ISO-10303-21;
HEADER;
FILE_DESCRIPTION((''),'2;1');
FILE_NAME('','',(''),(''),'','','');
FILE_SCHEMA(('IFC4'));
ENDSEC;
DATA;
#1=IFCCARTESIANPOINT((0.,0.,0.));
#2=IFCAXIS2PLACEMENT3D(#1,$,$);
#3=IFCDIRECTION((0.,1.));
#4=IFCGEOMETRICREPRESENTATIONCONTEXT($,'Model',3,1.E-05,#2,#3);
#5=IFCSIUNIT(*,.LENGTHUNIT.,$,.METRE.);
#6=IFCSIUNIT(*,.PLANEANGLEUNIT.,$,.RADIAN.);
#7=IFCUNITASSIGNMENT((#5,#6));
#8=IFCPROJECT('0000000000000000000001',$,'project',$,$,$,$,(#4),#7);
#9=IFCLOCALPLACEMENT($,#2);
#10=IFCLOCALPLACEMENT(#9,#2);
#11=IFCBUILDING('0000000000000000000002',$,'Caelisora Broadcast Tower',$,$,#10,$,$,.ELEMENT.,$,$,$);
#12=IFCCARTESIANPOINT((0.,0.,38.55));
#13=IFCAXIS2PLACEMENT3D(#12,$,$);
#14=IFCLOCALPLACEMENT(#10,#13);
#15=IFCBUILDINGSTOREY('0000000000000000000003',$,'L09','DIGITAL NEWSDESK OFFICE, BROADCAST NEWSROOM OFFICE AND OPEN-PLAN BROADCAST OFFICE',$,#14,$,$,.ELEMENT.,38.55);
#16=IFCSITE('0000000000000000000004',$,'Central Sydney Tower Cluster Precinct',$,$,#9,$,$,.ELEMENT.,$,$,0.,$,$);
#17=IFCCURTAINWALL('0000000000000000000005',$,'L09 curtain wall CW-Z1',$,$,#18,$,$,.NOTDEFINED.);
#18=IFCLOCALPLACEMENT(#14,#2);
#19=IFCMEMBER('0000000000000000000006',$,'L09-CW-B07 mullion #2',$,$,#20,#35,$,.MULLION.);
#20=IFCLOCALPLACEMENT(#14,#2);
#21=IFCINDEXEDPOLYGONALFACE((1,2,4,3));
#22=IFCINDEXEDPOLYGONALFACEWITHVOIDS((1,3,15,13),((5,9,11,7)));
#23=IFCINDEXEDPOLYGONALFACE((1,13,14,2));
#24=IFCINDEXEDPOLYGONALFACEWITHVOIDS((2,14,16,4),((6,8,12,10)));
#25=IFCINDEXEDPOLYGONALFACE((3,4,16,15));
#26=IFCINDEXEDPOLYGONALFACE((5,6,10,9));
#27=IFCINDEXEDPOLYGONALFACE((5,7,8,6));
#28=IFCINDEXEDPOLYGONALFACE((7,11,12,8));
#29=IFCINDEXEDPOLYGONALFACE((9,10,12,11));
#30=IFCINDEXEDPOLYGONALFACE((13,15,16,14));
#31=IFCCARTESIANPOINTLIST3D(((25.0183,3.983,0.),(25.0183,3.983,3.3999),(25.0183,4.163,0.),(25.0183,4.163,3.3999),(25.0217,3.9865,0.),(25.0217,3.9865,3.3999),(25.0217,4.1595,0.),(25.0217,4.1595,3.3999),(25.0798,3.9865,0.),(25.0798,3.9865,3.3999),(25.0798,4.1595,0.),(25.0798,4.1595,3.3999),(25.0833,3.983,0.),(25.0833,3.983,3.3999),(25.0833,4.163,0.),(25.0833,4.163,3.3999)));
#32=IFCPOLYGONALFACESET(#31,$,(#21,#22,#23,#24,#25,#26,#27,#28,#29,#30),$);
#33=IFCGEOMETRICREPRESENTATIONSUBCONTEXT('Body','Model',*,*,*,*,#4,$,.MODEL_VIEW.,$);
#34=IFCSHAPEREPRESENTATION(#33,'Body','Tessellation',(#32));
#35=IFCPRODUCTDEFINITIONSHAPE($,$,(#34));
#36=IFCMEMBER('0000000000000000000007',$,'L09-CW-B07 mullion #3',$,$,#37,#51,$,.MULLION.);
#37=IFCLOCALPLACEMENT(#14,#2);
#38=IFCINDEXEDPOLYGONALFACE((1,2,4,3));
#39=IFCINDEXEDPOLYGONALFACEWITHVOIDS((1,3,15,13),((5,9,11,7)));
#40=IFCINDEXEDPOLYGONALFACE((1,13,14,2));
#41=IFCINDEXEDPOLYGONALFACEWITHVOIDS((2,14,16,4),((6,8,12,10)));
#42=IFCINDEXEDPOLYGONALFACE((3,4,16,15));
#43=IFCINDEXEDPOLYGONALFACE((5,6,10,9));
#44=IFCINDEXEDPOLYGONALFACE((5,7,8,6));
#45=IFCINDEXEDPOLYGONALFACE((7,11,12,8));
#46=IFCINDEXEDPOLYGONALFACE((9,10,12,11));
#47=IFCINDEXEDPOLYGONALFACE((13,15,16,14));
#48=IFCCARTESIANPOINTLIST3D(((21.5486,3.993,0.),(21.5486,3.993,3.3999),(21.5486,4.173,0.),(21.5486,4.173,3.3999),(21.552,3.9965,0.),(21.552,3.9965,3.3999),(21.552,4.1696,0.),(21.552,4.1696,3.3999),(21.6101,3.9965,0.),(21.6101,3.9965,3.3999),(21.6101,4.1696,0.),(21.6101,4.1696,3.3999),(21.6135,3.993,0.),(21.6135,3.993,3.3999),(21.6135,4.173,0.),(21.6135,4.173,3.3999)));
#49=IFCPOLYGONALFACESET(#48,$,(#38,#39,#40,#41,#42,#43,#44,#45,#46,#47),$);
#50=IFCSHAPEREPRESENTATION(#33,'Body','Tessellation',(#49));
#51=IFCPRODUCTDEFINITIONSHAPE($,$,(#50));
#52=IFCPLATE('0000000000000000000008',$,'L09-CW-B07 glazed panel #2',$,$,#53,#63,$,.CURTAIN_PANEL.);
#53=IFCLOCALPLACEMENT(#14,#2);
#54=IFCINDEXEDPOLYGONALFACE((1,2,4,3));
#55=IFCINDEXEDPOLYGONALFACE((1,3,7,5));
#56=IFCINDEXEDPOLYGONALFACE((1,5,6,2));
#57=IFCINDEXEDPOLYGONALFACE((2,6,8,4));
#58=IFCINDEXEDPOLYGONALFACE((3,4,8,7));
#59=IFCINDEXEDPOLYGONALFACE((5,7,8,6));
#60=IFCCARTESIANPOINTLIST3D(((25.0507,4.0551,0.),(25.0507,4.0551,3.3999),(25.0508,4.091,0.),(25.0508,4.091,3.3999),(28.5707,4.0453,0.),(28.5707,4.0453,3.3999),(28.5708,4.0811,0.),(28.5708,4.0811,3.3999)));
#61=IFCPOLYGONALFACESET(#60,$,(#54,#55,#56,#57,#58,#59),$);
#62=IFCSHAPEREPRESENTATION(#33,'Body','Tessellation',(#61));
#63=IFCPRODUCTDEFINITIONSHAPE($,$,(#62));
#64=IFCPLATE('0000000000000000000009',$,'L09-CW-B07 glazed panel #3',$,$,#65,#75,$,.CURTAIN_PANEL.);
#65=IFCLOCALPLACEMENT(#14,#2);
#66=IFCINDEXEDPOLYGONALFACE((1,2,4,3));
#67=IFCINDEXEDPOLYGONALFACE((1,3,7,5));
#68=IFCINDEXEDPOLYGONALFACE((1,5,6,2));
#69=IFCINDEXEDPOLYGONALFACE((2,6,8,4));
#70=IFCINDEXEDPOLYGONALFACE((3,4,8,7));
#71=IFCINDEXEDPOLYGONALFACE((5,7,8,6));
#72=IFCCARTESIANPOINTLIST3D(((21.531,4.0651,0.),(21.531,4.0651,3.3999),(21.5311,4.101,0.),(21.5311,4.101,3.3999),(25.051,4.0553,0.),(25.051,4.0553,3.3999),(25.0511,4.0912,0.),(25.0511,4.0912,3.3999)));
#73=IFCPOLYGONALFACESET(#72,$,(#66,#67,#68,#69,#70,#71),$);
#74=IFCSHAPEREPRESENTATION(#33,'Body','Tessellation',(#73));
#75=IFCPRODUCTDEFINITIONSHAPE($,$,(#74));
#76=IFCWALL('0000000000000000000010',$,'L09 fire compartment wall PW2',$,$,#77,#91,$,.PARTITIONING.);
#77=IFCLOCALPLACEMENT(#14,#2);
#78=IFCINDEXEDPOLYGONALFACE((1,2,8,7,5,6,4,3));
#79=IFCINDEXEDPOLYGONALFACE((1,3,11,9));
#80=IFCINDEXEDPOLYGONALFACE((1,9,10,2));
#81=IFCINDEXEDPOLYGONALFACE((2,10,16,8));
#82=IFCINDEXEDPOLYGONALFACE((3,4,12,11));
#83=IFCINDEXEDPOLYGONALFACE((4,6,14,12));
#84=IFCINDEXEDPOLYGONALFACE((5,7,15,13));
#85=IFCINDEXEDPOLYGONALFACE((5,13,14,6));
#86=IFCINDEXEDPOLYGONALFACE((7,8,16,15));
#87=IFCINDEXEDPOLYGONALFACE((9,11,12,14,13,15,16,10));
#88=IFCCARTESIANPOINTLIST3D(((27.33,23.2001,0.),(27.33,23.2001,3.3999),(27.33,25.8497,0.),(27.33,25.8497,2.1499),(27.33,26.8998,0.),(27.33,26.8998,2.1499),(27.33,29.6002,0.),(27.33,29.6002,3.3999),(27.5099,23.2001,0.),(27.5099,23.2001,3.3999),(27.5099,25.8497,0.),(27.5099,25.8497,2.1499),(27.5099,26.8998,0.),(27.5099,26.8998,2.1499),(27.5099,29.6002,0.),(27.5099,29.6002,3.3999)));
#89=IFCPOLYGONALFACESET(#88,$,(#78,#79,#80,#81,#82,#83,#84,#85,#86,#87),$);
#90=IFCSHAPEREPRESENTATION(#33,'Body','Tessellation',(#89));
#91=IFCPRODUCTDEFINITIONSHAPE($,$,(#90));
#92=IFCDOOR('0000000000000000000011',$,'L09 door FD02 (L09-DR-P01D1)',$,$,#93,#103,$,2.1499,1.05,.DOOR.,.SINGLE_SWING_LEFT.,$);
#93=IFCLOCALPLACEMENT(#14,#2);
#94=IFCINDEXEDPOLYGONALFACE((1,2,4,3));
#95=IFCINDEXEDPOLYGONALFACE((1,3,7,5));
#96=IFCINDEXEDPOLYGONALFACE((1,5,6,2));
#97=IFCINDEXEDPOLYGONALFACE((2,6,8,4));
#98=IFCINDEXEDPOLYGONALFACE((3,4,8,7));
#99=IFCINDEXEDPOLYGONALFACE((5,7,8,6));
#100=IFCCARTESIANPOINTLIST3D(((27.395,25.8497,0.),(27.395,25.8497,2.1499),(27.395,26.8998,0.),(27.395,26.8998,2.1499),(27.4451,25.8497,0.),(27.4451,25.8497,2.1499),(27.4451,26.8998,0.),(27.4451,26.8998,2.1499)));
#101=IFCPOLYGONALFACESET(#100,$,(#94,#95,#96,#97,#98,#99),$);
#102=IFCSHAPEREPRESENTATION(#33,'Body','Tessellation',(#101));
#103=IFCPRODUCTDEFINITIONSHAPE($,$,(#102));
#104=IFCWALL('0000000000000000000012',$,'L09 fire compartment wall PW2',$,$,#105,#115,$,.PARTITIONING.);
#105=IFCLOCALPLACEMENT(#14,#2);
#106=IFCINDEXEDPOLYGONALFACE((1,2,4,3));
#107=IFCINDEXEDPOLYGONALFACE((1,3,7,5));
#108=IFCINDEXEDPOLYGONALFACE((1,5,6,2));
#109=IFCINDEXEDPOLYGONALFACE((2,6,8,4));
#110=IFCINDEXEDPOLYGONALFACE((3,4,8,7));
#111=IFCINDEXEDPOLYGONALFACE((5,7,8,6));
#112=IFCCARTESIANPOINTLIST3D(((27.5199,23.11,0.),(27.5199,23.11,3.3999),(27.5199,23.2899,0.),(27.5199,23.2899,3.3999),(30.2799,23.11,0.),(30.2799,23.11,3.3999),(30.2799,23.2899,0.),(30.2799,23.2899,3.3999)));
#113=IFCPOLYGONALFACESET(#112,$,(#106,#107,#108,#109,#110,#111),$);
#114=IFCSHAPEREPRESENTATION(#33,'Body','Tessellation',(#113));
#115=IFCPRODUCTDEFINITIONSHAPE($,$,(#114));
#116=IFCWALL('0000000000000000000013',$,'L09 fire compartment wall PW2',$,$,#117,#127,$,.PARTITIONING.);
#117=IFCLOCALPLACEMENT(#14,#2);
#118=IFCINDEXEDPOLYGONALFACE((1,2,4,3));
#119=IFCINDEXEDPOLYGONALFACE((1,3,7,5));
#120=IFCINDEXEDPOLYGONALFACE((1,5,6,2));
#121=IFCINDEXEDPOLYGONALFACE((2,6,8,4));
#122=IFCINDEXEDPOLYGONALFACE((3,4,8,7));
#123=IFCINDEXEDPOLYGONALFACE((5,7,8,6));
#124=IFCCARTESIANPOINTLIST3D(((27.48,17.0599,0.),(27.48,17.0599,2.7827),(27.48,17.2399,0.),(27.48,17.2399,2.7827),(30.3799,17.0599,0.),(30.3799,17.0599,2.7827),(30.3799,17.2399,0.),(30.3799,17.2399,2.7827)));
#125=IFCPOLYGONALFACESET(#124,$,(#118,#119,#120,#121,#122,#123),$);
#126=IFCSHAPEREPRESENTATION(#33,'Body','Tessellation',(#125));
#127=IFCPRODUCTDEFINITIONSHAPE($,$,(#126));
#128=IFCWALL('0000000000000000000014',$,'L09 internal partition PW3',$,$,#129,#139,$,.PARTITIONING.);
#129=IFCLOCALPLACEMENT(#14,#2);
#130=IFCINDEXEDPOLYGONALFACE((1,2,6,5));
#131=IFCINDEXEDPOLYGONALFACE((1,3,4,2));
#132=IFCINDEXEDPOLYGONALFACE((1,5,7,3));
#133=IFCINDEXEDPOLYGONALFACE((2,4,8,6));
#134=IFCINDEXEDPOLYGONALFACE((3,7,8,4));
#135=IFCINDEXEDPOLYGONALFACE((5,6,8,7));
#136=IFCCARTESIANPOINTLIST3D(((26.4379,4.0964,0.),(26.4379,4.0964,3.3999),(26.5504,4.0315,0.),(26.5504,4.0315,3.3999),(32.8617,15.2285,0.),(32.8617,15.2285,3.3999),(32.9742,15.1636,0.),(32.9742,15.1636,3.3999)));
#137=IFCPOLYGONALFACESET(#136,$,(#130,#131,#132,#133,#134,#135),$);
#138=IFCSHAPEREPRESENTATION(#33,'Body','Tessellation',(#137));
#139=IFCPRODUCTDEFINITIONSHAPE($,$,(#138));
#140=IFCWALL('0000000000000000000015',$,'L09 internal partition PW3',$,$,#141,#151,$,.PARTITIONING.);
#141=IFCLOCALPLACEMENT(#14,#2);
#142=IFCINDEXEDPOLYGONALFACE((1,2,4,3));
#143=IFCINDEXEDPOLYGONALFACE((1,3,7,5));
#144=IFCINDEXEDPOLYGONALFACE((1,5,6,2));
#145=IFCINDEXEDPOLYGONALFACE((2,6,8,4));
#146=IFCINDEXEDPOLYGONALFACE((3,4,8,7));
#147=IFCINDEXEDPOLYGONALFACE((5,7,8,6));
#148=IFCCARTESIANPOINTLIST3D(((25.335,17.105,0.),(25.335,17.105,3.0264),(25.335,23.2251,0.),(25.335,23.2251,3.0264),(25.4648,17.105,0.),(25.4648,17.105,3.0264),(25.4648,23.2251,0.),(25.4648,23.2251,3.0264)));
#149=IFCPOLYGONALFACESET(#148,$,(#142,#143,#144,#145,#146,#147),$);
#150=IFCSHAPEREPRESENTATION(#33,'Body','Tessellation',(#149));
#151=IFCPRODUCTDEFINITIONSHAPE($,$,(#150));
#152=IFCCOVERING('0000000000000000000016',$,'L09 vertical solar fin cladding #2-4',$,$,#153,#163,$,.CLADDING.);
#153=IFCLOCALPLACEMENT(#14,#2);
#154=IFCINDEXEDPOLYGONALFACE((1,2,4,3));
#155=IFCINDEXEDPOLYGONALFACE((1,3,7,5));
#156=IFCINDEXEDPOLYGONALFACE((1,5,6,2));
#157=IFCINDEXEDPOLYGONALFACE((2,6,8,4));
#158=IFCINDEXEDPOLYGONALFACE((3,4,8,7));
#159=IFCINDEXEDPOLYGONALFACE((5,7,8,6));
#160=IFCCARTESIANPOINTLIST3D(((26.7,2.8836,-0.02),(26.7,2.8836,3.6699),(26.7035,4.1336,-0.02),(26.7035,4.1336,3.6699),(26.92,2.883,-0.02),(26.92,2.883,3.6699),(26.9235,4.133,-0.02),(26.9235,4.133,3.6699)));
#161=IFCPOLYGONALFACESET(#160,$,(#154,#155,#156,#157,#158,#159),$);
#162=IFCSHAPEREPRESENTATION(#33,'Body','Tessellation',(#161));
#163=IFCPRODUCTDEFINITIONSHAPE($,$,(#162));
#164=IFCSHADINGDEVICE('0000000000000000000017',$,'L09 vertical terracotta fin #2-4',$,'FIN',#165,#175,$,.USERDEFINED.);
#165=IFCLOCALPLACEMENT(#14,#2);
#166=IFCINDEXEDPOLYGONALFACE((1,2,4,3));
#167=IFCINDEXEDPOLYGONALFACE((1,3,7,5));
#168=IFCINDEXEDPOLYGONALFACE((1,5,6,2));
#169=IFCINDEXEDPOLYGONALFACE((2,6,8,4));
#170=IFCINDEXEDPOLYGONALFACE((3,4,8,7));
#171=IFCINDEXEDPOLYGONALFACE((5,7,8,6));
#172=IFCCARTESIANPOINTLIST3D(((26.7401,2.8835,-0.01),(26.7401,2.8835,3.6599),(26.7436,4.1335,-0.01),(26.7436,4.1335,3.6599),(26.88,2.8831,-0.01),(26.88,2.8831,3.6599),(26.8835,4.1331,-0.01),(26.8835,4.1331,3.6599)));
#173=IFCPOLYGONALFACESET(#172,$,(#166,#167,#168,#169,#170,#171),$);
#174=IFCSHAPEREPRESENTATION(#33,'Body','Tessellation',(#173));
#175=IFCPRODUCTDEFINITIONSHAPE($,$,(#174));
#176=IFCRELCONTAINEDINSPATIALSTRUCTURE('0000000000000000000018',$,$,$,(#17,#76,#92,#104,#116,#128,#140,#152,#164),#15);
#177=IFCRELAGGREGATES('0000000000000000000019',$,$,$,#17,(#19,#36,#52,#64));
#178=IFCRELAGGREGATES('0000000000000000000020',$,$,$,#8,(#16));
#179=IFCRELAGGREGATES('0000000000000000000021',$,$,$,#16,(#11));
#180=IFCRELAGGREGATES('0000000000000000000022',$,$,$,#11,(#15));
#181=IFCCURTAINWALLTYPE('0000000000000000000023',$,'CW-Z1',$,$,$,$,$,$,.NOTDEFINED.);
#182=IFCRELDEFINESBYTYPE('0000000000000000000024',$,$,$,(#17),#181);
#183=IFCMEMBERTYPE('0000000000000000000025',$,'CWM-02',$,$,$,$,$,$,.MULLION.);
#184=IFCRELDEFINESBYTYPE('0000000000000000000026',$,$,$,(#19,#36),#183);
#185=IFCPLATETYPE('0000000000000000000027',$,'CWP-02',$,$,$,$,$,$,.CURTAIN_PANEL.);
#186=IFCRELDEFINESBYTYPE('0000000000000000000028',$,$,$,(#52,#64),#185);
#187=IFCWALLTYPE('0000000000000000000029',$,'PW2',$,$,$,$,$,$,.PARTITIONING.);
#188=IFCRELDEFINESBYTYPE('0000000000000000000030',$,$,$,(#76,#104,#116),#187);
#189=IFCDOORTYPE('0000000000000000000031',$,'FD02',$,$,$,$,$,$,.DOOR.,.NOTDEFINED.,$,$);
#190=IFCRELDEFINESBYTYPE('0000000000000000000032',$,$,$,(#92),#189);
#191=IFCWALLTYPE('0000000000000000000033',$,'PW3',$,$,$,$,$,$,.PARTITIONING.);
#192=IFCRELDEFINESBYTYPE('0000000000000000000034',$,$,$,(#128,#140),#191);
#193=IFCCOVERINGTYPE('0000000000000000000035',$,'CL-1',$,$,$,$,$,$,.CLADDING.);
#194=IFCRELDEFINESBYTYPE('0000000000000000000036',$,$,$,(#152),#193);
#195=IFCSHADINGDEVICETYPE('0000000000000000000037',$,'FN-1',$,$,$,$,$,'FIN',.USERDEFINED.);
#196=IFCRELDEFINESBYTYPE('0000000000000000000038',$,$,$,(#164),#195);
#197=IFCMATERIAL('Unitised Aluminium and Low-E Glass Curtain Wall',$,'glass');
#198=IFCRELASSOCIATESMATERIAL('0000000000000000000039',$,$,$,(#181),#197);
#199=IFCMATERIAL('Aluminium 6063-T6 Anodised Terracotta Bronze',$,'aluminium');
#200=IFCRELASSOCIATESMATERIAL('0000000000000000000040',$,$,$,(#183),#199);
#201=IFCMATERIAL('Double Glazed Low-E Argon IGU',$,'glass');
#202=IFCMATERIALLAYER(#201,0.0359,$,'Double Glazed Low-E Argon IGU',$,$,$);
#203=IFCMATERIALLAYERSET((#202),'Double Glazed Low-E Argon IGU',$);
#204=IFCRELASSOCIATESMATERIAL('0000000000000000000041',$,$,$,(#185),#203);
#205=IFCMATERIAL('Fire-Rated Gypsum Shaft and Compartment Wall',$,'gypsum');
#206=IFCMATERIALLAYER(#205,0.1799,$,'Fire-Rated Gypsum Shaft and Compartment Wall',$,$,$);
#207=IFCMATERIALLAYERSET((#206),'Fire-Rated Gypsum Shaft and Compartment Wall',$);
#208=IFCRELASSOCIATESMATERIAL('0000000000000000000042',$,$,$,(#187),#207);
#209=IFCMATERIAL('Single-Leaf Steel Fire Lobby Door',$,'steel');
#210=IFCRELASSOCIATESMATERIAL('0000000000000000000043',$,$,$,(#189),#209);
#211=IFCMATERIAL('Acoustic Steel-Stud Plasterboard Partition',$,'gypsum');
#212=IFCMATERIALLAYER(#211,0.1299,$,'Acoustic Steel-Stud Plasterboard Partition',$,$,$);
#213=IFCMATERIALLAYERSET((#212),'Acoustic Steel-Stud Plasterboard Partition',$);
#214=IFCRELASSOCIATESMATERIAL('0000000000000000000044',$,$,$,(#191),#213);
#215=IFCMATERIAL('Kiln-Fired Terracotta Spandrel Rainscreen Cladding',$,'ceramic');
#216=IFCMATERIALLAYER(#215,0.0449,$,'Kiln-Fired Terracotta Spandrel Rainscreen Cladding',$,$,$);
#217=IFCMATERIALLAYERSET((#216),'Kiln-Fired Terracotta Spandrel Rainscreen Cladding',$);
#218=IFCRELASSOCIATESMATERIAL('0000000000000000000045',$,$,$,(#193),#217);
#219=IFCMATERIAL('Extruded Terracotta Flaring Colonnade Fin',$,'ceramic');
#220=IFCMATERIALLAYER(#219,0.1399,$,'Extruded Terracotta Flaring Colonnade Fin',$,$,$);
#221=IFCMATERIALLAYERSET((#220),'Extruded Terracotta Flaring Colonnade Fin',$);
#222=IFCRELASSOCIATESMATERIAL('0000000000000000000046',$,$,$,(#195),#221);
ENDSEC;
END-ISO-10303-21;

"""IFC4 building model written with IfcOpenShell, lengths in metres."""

from ifc_helpers import new_model, si_unit, direction, frame, frame_2d, origin, origin_2d, place, context, subcontext, project, spatial, rectangle, hollow_rectangle, extrude, source, transform, mapped, material, layer, layer_set, material_profile, profile_set, type_object, type_shapes, element, fill, aggregate, save


model = new_model("IFC4")

# Units and contexts
model_context = context("Model", 3, precision=1e-05, world=origin(), true_north=direction((0.0, 1.0)))
body_context = subcontext(model_context, "Body", "Model", "MODEL_VIEW")
ifc_project = project(units=[si_unit("LENGTHUNIT", "METRE"), si_unit("PLANEANGLEUNIT", "RADIAN")], contexts=[model_context])

# Site, building, storey
site_placement = place(None, origin())
site = spatial("IfcSite", under=ifc_project, at=site_placement, Name="Central Sydney Tower Cluster Precinct", CompositionType="ELEMENT", RefElevation=0.0)
building_placement = place(site_placement, origin())
building = spatial("IfcBuilding", under=site, at=building_placement, Name="Caelisora Broadcast Tower", CompositionType="ELEMENT")
storey_placement = place(building_placement, frame((0.0, 0.0, 38.55)))
storey = spatial("IfcBuildingStorey", under=building, at=storey_placement, Name="L09", Description="DIGITAL NEWSDESK OFFICE, BROADCAST NEWSROOM OFFICE AND OPEN-PLAN BROADCAST OFFICE", CompositionType="ELEMENT", Elevation=38.55)

# Curtain wall, members, plates
ifc_material_1 = material(Name="Unitised Aluminium and Low-E Glass Curtain Wall", Category="glass")
curtain_wall_type = type_object("IfcCurtainWallType", Name="CW-Z1", PredefinedType="NOTDEFINED", material=ifc_material_1)
curtain_wall_placement = place(storey_placement, origin())
curtain_wall = element("IfcCurtainWall", 1, at=curtain_wall_placement, inside=storey, type_object=curtain_wall_type, Name="L09 curtain wall CW-Z1", PredefinedType="NOTDEFINED")
ifc_material_2 = material(Name="Aluminium 6063-T6 Anodised Terracotta Bronze", Category="aluminium")
ifc_material_profile_1 = material_profile(ifc_material_2, hollow_rectangle(XDim=0.0649, YDim=0.1799, WallThickness=0.0034, at=origin_2d()), Name="Aluminium 6063-T6 Anodised Terracotta Bronze")
ifc_profile_set_1 = profile_set([ifc_material_profile_1], Name="Aluminium 6063-T6 Anodised Terracotta Bronze")
member_type = type_object("IfcMemberType", Name="CWM-02", PredefinedType="MULLION", material=ifc_profile_set_1)
shared_shape_1 = source(origin(), body_context, "Body", "SweptSolid", [
    extrude(hollow_rectangle(XDim=0.0649, YDim=0.1799, WallThickness=0.0034, at=origin_2d()), origin(), (0.0, 0.0, 1.0), 3.3999),
])
type_shapes(member_type, [shared_shape_1])
member_1_placement = place(storey_placement, frame((25.0508, 4.073, 0.0), z_axis=(0.0, 0.0, 1.0), x_axis=(1.0, 0.0, 0.0)))
member_1 = element("IfcMember", 2, at=member_1_placement, type_object=member_type, Name="L09-CW-B07 mullion #2", PredefinedType="MULLION", context=body_context, shape_type="MappedRepresentation", body=[
    mapped(shared_shape_1, transform((0.0, 0.0, 0.0), scale=1.0)),
])
member_2_placement = place(storey_placement, frame((21.5811, 4.083, 0.0), z_axis=(0.0, 0.0, 1.0), x_axis=(1.0, 0.0, 0.0)))
member_2 = element("IfcMember", 3, at=member_2_placement, type_object=member_type, Name="L09-CW-B07 mullion #3", PredefinedType="MULLION", context=body_context, shape_type="MappedRepresentation", body=[
    mapped(shared_shape_1, transform((0.0, 0.0, 0.0), scale=1.0)),
])
ifc_material_3 = material(Name="Double Glazed Low-E Argon IGU", Category="glass")
ifc_layer_1 = layer(ifc_material_3, 0.0359, Name="Double Glazed Low-E Argon IGU")
ifc_layer_set_1 = layer_set([ifc_layer_1], Name="Double Glazed Low-E Argon IGU")
plate_type = type_object("IfcPlateType", Name="CWP-02", PredefinedType="CURTAIN_PANEL", material=ifc_layer_set_1)
shared_shape_2 = source(origin(), body_context, "Body", "SweptSolid", [
    extrude(rectangle(XDim=3.52, YDim=0.0359, at=origin_2d()), origin(), (0.0, 0.0, 1.0), 3.3999),
])
type_shapes(plate_type, [shared_shape_2])
plate_1_placement = place(storey_placement, frame((26.8108, 4.0681, 0.0), z_axis=(0.0, 0.0, 1.0), x_axis=(-0.999996, 0.002793, 0.0)))
plate_1 = element("IfcPlate", 4, at=plate_1_placement, type_object=plate_type, Name="L09-CW-B07 glazed panel #2", PredefinedType="CURTAIN_PANEL", context=body_context, shape_type="MappedRepresentation", body=[
    mapped(shared_shape_2, transform((0.0, 0.0, 0.0), scale=1.0)),
])
plate_2_placement = place(storey_placement, frame((23.291, 4.0781, 0.0), z_axis=(0.0, 0.0, 1.0), x_axis=(-0.999996, 0.002793, 0.0)))
plate_2 = element("IfcPlate", 5, at=plate_2_placement, type_object=plate_type, Name="L09-CW-B07 glazed panel #3", PredefinedType="CURTAIN_PANEL", context=body_context, shape_type="MappedRepresentation", body=[
    mapped(shared_shape_2, transform((0.0, 0.0, 0.0), scale=1.0)),
])
aggregate(curtain_wall, [member_1, member_2, plate_1, plate_2])

# Wall, opening, door
ifc_material_4 = material(Name="Fire-Rated Gypsum Shaft and Compartment Wall", Category="gypsum")
ifc_layer_2 = layer(ifc_material_4, 0.1799, Name="Fire-Rated Gypsum Shaft and Compartment Wall")
ifc_layer_set_2 = layer_set([ifc_layer_2], Name="Fire-Rated Gypsum Shaft and Compartment Wall")
wall_type_1 = type_object("IfcWallType", Name="PW2", PredefinedType="PARTITIONING", material=ifc_layer_set_2)
wall_1_placement = place(storey_placement, frame((27.4199, 23.2, 0.0), z_axis=(0.0, 0.0, 1.0), x_axis=(0.0, 1.0, 0.0)))
wall_1 = element("IfcWall", 6, at=wall_1_placement, inside=storey, type_object=wall_type_1, Name="L09 fire compartment wall PW2", PredefinedType="PARTITIONING", context=body_context, shape_type="SweptSolid", body=[
    extrude(rectangle(XDim=6.4001, YDim=0.1799, at=frame_2d((3.2002, 0.0))), origin(), (0.0, 0.0, 1.0), 3.3999),
])
opening_1_placement = place(wall_1_placement, frame((2.6499, 0.0, 0.0)))
opening_1 = element("IfcOpeningElement", 7, at=opening_1_placement, cuts=wall_1, PredefinedType="OPENING", context=body_context, shape_type="SweptSolid", body=[
    extrude(rectangle(XDim=1.05, YDim=2.1499, at=frame_2d((0.5249, 1.075))), frame((0.0, 0.1021, 0.0), z_axis=(0.0, -1.0, 0.0), x_axis=(1.0, 0.0, 0.0)), (0.0, 0.0, 1.0), 0.2039),
])
ifc_material_5 = material(Name="Single-Leaf Steel Fire Lobby Door", Category="steel")
door_type = type_object("IfcDoorType", Name="FD02", OperationType="NOTDEFINED", PredefinedType="DOOR", material=ifc_material_5)
door_1_placement = place(opening_1_placement, origin())
door_1 = element("IfcDoor", 8, at=door_1_placement, inside=storey, type_object=door_type, Name="L09 door FD02 (L09-DR-P01D1)", OperationType="SINGLE_SWING_LEFT", OverallHeight=2.1499, OverallWidth=1.05, PredefinedType="DOOR", context=body_context, shape_type="SweptSolid", body=[
    extrude(rectangle(XDim=1.05, YDim=2.1499, at=frame_2d((0.5249, 1.075))), frame((0.0, 0.0249, 0.0), z_axis=(0.0, -1.0, 0.0), x_axis=(1.0, 0.0, 0.0)), (0.0, 0.0, 1.0), 0.05),
])
fill(opening_1, door_1)

# Wall
wall_2_placement = place(storey_placement, frame((27.52, 23.2, 0.0), z_axis=(0.0, 0.0, 1.0), x_axis=(1.0, 0.0, 0.0)))
element("IfcWall", 9, at=wall_2_placement, inside=storey, type_object=wall_type_1, Name="L09 fire compartment wall PW2", PredefinedType="PARTITIONING", context=body_context, shape_type="SweptSolid", body=[
    extrude(rectangle(XDim=2.76, YDim=0.1799, at=frame_2d((1.3799, 0.0))), origin(), (0.0, 0.0, 1.0), 3.3999),
])

# Walls
wall_3_placement = place(storey_placement, frame((27.48, 17.1499, 0.0), z_axis=(0.0, 0.0, 1.0), x_axis=(1.0, 0.0, 0.0)))
element("IfcWall", 10, at=wall_3_placement, inside=storey, type_object=wall_type_1, Name="L09 fire compartment wall PW2", PredefinedType="PARTITIONING", context=body_context, shape_type="SweptSolid", body=[
    extrude(rectangle(XDim=2.8999, YDim=0.1799, at=frame_2d((1.45, 0.0))), origin(), (0.0, 0.0, 1.0), 2.7827),
])
ifc_material_6 = material(Name="Acoustic Steel-Stud Plasterboard Partition", Category="gypsum")
ifc_layer_3 = layer(ifc_material_6, 0.1299, Name="Acoustic Steel-Stud Plasterboard Partition")
ifc_layer_set_3 = layer_set([ifc_layer_3], Name="Acoustic Steel-Stud Plasterboard Partition")
wall_type_2 = type_object("IfcWallType", Name="PW3", PredefinedType="PARTITIONING", material=ifc_layer_set_3)
wall_4_placement = place(storey_placement, frame((26.4941, 4.064, 0.0), z_axis=(0.0, 0.0, 1.0), x_axis=(0.499809, 0.866136, 0.0)))
element("IfcWall", 11, at=wall_4_placement, inside=storey, type_object=wall_type_2, Name="L09 internal partition PW3", PredefinedType="PARTITIONING", context=body_context, shape_type="SweptSolid", body=[
    extrude(rectangle(XDim=12.8525, YDim=0.1299, at=frame_2d((6.4263, 0.0))), origin(), (0.0, 0.0, 1.0), 3.3999),
])
wall_5_placement = place(storey_placement, frame((25.3999, 17.105, 0.0), z_axis=(0.0, 0.0, 1.0), x_axis=(0.0, 1.0, 0.0)))
element("IfcWall", 12, at=wall_5_placement, inside=storey, type_object=wall_type_2, Name="L09 internal partition PW3", PredefinedType="PARTITIONING", context=body_context, shape_type="SweptSolid", body=[
    extrude(rectangle(XDim=6.1201, YDim=0.1299, at=frame_2d((3.0601, 0.0))), origin(), (0.0, 0.0, 1.0), 3.0264),
])

# Covering
ifc_material_7 = material(Name="Kiln-Fired Terracotta Spandrel Rainscreen Cladding", Category="ceramic")
ifc_layer_4 = layer(ifc_material_7, 0.0449, Name="Kiln-Fired Terracotta Spandrel Rainscreen Cladding")
ifc_layer_set_4 = layer_set([ifc_layer_4], Name="Kiln-Fired Terracotta Spandrel Rainscreen Cladding")
covering_type = type_object("IfcCoveringType", Name="CL-1", PredefinedType="CLADDING", material=ifc_layer_set_4)
shared_shape_3 = source(origin(), body_context, "Body", "SweptSolid", [
    extrude(rectangle(XDim=0.22, YDim=1.25, at=origin_2d()), origin(), (0.0, 0.0, 1.0), 3.6899),
])
type_shapes(covering_type, [shared_shape_3])
covering_placement = place(storey_placement, frame((26.8118, 3.5083, -0.02), z_axis=(0.0, 0.0, 1.0), x_axis=(-0.999996, 0.002793, 0.0)))
element("IfcCovering", 13, at=covering_placement, inside=storey, type_object=covering_type, Name="L09 vertical solar fin cladding #2-4", PredefinedType="CLADDING", context=body_context, shape_type="MappedRepresentation", body=[
    mapped(shared_shape_3, transform((0.0, 0.0, 0.0), scale=1.0)),
])

# Shading device
ifc_material_8 = material(Name="Extruded Terracotta Flaring Colonnade Fin", Category="ceramic")
ifc_layer_5 = layer(ifc_material_8, 0.1399, Name="Extruded Terracotta Flaring Colonnade Fin")
ifc_layer_set_5 = layer_set([ifc_layer_5], Name="Extruded Terracotta Flaring Colonnade Fin")
shading_device_type = type_object("IfcShadingDeviceType", Name="FN-1", ElementType="FIN", PredefinedType="USERDEFINED", material=ifc_layer_set_5)
shared_shape_4 = source(origin(), body_context, "Body", "SweptSolid", [
    extrude(rectangle(XDim=0.1399, YDim=1.25, at=origin_2d()), origin(), (0.0, 0.0, 1.0), 3.6699),
])
type_shapes(shading_device_type, [shared_shape_4])
shading_device_placement = place(storey_placement, frame((26.8118, 3.5083, -0.01), z_axis=(0.0, 0.0, 1.0), x_axis=(-0.999996, 0.002793, 0.0)))
element("IfcShadingDevice", 14, at=shading_device_placement, inside=storey, type_object=shading_device_type, Name="L09 vertical terracotta fin #2-4", ObjectType="FIN", PredefinedType="USERDEFINED", context=body_context, shape_type="MappedRepresentation", body=[
    mapped(shared_shape_4, transform((0.0, 0.0, 0.0), scale=1.0)),
])

save(model, "model.ifc")
